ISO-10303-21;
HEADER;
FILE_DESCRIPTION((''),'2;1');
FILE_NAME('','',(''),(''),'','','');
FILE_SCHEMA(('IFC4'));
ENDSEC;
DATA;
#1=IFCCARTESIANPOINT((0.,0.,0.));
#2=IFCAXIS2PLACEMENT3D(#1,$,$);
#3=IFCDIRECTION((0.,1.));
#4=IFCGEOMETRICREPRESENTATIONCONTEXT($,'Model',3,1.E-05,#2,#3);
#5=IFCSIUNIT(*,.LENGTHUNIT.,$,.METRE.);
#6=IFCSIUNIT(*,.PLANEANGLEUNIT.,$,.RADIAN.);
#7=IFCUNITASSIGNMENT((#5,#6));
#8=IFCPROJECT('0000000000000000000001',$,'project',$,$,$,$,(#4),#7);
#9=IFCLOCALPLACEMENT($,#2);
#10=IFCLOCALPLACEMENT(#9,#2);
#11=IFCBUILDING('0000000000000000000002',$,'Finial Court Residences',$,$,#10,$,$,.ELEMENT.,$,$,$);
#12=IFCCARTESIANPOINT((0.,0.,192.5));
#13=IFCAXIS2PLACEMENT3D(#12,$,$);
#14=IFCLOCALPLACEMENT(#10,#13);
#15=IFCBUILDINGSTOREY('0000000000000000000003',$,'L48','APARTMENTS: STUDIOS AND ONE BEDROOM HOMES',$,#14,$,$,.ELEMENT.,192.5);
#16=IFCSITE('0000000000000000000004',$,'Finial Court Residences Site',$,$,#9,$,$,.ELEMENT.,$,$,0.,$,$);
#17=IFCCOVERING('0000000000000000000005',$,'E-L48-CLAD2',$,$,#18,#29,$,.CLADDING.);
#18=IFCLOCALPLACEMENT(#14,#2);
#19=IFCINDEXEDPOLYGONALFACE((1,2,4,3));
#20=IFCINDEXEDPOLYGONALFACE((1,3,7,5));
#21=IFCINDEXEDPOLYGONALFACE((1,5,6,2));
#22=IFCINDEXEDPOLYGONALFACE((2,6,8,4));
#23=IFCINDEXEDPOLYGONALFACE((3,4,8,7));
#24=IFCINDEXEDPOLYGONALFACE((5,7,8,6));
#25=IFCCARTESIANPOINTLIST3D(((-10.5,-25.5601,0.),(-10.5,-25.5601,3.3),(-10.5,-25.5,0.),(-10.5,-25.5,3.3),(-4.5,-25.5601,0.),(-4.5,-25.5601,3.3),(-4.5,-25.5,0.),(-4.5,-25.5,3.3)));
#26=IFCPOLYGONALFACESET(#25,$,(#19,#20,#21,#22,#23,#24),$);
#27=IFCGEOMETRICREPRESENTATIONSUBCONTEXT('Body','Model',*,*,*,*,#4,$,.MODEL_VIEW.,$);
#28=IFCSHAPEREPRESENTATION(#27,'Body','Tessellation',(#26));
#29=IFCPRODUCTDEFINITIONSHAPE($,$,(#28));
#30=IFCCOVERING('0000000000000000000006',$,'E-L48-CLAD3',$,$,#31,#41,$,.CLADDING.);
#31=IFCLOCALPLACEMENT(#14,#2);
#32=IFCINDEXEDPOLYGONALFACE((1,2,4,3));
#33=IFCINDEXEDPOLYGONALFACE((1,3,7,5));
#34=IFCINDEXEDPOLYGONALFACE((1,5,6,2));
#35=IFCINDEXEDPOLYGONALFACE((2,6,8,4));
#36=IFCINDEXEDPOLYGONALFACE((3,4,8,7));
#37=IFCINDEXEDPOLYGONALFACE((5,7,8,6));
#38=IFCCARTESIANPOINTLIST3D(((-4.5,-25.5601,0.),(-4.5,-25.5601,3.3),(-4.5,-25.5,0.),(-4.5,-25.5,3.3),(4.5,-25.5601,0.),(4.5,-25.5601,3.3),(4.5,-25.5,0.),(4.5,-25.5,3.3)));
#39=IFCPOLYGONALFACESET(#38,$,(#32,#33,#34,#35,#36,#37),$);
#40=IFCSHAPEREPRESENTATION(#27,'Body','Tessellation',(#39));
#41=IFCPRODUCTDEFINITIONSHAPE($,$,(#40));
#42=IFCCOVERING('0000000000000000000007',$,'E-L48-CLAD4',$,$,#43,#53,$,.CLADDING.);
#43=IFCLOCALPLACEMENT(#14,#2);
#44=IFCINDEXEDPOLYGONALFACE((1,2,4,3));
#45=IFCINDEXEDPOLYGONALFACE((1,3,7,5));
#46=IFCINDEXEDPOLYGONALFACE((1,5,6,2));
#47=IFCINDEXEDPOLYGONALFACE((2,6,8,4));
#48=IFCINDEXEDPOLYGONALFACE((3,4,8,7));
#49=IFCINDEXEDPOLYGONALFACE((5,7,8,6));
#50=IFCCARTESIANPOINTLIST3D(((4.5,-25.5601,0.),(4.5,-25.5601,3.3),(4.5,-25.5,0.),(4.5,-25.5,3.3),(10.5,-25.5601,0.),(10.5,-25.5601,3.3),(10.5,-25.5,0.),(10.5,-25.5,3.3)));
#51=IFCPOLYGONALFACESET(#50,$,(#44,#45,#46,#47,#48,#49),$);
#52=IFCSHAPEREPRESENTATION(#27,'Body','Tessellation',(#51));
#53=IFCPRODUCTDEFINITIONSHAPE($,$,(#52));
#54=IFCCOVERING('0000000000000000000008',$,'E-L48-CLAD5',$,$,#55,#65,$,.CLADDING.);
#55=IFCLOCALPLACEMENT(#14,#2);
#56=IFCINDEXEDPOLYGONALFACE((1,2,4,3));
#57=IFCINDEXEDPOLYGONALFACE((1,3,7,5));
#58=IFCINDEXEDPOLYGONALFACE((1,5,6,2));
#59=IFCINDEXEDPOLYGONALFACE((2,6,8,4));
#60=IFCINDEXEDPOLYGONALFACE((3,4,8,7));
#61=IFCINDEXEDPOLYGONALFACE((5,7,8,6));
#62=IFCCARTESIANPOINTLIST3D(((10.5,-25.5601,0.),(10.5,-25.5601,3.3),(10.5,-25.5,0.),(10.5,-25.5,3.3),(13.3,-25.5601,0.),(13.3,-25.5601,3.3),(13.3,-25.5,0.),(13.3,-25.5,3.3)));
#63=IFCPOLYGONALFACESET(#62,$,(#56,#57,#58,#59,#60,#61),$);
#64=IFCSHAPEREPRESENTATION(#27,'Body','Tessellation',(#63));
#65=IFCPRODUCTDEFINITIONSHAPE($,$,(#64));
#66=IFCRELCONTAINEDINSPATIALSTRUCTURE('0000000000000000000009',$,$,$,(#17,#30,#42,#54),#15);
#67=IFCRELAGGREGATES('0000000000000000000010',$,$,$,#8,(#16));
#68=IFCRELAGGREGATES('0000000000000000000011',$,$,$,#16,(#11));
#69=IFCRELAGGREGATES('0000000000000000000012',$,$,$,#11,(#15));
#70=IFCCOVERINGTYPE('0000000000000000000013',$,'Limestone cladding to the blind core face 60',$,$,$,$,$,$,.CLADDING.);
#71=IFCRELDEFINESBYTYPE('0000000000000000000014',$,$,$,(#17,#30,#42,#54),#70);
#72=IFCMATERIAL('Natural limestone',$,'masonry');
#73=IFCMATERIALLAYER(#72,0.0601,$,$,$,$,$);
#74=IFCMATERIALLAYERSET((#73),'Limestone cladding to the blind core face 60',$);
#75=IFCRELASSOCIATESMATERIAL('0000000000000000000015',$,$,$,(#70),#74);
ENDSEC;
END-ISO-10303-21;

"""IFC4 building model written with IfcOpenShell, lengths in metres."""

from ifc_helpers import new_model, si_unit, direction, frame, origin, place, context, subcontext, project, spatial, polyline, outline, extrude, material, layer, layer_set, type_object, element, save


model = new_model("IFC4")

# Units and contexts
model_context = context("Model", 3, precision=1e-05, world=origin(), true_north=direction((0.0, 1.0)))
body_context = subcontext(model_context, "Body", "Model", "MODEL_VIEW")
ifc_project = project(units=[si_unit("LENGTHUNIT", "METRE"), si_unit("PLANEANGLEUNIT", "RADIAN")], contexts=[model_context])

# Site, building, storey
site_placement = place(None, origin())
site = spatial("IfcSite", under=ifc_project, at=site_placement, Name="Finial Court Residences Site", CompositionType="ELEMENT", RefElevation=0.0)
building_placement = place(site_placement, origin())
building = spatial("IfcBuilding", under=site, at=building_placement, Name="Finial Court Residences", CompositionType="ELEMENT")
storey_placement = place(building_placement, frame((0.0, 0.0, 192.5)))
storey = spatial("IfcBuildingStorey", under=building, at=storey_placement, Name="L48", Description="APARTMENTS: STUDIOS AND ONE BEDROOM HOMES", CompositionType="ELEMENT", Elevation=192.5)

# Coverings
ifc_material_1 = material(Name="Natural limestone", Category="masonry")
ifc_layer_1 = layer(ifc_material_1, 0.0601)
ifc_layer_set_1 = layer_set([ifc_layer_1], Name="Limestone cladding to the blind core face 60")
covering_type = type_object("IfcCoveringType", Name="Limestone cladding to the blind core face 60", PredefinedType="CLADDING", material=ifc_layer_set_1)
covering_1_placement = place(storey_placement, origin())
element("IfcCovering", 1, at=covering_1_placement, inside=storey, type_object=covering_type, Name="E-L48-CLAD2", PredefinedType="CLADDING", context=body_context, shape_type="SweptSolid", body=[
    extrude(outline(polyline([(-4.5, -25.5601), (-4.5, -25.5), (-10.5, -25.5), (-10.5, -25.5601), (-4.5, -25.5601)])), origin(), (0.0, 0.0, 1.0), 3.3),
])
covering_2_placement = place(storey_placement, origin())
element("IfcCovering", 2, at=covering_2_placement, inside=storey, type_object=covering_type, Name="E-L48-CLAD3", PredefinedType="CLADDING", context=body_context, shape_type="SweptSolid", body=[
    extrude(outline(polyline([(4.5, -25.5601), (4.5, -25.5), (-4.5, -25.5), (-4.5, -25.5601), (4.5, -25.5601)])), origin(), (0.0, 0.0, 1.0), 3.3),
])
covering_3_placement = place(storey_placement, origin())
element("IfcCovering", 3, at=covering_3_placement, inside=storey, type_object=covering_type, Name="E-L48-CLAD4", PredefinedType="CLADDING", context=body_context, shape_type="SweptSolid", body=[
    extrude(outline(polyline([(10.5, -25.5601), (10.5, -25.5), (4.5, -25.5), (4.5, -25.5601), (10.5, -25.5601)])), origin(), (0.0, 0.0, 1.0), 3.3),
])
covering_4_placement = place(storey_placement, origin())
element("IfcCovering", 4, at=covering_4_placement, inside=storey, type_object=covering_type, Name="E-L48-CLAD5", PredefinedType="CLADDING", context=body_context, shape_type="SweptSolid", body=[
    extrude(outline(polyline([(13.3, -25.5601), (13.3, -25.5), (10.5, -25.5), (10.5, -25.5601), (13.3, -25.5601)])), origin(), (0.0, 0.0, 1.0), 3.3),
])

save(model, "model.ifc")
